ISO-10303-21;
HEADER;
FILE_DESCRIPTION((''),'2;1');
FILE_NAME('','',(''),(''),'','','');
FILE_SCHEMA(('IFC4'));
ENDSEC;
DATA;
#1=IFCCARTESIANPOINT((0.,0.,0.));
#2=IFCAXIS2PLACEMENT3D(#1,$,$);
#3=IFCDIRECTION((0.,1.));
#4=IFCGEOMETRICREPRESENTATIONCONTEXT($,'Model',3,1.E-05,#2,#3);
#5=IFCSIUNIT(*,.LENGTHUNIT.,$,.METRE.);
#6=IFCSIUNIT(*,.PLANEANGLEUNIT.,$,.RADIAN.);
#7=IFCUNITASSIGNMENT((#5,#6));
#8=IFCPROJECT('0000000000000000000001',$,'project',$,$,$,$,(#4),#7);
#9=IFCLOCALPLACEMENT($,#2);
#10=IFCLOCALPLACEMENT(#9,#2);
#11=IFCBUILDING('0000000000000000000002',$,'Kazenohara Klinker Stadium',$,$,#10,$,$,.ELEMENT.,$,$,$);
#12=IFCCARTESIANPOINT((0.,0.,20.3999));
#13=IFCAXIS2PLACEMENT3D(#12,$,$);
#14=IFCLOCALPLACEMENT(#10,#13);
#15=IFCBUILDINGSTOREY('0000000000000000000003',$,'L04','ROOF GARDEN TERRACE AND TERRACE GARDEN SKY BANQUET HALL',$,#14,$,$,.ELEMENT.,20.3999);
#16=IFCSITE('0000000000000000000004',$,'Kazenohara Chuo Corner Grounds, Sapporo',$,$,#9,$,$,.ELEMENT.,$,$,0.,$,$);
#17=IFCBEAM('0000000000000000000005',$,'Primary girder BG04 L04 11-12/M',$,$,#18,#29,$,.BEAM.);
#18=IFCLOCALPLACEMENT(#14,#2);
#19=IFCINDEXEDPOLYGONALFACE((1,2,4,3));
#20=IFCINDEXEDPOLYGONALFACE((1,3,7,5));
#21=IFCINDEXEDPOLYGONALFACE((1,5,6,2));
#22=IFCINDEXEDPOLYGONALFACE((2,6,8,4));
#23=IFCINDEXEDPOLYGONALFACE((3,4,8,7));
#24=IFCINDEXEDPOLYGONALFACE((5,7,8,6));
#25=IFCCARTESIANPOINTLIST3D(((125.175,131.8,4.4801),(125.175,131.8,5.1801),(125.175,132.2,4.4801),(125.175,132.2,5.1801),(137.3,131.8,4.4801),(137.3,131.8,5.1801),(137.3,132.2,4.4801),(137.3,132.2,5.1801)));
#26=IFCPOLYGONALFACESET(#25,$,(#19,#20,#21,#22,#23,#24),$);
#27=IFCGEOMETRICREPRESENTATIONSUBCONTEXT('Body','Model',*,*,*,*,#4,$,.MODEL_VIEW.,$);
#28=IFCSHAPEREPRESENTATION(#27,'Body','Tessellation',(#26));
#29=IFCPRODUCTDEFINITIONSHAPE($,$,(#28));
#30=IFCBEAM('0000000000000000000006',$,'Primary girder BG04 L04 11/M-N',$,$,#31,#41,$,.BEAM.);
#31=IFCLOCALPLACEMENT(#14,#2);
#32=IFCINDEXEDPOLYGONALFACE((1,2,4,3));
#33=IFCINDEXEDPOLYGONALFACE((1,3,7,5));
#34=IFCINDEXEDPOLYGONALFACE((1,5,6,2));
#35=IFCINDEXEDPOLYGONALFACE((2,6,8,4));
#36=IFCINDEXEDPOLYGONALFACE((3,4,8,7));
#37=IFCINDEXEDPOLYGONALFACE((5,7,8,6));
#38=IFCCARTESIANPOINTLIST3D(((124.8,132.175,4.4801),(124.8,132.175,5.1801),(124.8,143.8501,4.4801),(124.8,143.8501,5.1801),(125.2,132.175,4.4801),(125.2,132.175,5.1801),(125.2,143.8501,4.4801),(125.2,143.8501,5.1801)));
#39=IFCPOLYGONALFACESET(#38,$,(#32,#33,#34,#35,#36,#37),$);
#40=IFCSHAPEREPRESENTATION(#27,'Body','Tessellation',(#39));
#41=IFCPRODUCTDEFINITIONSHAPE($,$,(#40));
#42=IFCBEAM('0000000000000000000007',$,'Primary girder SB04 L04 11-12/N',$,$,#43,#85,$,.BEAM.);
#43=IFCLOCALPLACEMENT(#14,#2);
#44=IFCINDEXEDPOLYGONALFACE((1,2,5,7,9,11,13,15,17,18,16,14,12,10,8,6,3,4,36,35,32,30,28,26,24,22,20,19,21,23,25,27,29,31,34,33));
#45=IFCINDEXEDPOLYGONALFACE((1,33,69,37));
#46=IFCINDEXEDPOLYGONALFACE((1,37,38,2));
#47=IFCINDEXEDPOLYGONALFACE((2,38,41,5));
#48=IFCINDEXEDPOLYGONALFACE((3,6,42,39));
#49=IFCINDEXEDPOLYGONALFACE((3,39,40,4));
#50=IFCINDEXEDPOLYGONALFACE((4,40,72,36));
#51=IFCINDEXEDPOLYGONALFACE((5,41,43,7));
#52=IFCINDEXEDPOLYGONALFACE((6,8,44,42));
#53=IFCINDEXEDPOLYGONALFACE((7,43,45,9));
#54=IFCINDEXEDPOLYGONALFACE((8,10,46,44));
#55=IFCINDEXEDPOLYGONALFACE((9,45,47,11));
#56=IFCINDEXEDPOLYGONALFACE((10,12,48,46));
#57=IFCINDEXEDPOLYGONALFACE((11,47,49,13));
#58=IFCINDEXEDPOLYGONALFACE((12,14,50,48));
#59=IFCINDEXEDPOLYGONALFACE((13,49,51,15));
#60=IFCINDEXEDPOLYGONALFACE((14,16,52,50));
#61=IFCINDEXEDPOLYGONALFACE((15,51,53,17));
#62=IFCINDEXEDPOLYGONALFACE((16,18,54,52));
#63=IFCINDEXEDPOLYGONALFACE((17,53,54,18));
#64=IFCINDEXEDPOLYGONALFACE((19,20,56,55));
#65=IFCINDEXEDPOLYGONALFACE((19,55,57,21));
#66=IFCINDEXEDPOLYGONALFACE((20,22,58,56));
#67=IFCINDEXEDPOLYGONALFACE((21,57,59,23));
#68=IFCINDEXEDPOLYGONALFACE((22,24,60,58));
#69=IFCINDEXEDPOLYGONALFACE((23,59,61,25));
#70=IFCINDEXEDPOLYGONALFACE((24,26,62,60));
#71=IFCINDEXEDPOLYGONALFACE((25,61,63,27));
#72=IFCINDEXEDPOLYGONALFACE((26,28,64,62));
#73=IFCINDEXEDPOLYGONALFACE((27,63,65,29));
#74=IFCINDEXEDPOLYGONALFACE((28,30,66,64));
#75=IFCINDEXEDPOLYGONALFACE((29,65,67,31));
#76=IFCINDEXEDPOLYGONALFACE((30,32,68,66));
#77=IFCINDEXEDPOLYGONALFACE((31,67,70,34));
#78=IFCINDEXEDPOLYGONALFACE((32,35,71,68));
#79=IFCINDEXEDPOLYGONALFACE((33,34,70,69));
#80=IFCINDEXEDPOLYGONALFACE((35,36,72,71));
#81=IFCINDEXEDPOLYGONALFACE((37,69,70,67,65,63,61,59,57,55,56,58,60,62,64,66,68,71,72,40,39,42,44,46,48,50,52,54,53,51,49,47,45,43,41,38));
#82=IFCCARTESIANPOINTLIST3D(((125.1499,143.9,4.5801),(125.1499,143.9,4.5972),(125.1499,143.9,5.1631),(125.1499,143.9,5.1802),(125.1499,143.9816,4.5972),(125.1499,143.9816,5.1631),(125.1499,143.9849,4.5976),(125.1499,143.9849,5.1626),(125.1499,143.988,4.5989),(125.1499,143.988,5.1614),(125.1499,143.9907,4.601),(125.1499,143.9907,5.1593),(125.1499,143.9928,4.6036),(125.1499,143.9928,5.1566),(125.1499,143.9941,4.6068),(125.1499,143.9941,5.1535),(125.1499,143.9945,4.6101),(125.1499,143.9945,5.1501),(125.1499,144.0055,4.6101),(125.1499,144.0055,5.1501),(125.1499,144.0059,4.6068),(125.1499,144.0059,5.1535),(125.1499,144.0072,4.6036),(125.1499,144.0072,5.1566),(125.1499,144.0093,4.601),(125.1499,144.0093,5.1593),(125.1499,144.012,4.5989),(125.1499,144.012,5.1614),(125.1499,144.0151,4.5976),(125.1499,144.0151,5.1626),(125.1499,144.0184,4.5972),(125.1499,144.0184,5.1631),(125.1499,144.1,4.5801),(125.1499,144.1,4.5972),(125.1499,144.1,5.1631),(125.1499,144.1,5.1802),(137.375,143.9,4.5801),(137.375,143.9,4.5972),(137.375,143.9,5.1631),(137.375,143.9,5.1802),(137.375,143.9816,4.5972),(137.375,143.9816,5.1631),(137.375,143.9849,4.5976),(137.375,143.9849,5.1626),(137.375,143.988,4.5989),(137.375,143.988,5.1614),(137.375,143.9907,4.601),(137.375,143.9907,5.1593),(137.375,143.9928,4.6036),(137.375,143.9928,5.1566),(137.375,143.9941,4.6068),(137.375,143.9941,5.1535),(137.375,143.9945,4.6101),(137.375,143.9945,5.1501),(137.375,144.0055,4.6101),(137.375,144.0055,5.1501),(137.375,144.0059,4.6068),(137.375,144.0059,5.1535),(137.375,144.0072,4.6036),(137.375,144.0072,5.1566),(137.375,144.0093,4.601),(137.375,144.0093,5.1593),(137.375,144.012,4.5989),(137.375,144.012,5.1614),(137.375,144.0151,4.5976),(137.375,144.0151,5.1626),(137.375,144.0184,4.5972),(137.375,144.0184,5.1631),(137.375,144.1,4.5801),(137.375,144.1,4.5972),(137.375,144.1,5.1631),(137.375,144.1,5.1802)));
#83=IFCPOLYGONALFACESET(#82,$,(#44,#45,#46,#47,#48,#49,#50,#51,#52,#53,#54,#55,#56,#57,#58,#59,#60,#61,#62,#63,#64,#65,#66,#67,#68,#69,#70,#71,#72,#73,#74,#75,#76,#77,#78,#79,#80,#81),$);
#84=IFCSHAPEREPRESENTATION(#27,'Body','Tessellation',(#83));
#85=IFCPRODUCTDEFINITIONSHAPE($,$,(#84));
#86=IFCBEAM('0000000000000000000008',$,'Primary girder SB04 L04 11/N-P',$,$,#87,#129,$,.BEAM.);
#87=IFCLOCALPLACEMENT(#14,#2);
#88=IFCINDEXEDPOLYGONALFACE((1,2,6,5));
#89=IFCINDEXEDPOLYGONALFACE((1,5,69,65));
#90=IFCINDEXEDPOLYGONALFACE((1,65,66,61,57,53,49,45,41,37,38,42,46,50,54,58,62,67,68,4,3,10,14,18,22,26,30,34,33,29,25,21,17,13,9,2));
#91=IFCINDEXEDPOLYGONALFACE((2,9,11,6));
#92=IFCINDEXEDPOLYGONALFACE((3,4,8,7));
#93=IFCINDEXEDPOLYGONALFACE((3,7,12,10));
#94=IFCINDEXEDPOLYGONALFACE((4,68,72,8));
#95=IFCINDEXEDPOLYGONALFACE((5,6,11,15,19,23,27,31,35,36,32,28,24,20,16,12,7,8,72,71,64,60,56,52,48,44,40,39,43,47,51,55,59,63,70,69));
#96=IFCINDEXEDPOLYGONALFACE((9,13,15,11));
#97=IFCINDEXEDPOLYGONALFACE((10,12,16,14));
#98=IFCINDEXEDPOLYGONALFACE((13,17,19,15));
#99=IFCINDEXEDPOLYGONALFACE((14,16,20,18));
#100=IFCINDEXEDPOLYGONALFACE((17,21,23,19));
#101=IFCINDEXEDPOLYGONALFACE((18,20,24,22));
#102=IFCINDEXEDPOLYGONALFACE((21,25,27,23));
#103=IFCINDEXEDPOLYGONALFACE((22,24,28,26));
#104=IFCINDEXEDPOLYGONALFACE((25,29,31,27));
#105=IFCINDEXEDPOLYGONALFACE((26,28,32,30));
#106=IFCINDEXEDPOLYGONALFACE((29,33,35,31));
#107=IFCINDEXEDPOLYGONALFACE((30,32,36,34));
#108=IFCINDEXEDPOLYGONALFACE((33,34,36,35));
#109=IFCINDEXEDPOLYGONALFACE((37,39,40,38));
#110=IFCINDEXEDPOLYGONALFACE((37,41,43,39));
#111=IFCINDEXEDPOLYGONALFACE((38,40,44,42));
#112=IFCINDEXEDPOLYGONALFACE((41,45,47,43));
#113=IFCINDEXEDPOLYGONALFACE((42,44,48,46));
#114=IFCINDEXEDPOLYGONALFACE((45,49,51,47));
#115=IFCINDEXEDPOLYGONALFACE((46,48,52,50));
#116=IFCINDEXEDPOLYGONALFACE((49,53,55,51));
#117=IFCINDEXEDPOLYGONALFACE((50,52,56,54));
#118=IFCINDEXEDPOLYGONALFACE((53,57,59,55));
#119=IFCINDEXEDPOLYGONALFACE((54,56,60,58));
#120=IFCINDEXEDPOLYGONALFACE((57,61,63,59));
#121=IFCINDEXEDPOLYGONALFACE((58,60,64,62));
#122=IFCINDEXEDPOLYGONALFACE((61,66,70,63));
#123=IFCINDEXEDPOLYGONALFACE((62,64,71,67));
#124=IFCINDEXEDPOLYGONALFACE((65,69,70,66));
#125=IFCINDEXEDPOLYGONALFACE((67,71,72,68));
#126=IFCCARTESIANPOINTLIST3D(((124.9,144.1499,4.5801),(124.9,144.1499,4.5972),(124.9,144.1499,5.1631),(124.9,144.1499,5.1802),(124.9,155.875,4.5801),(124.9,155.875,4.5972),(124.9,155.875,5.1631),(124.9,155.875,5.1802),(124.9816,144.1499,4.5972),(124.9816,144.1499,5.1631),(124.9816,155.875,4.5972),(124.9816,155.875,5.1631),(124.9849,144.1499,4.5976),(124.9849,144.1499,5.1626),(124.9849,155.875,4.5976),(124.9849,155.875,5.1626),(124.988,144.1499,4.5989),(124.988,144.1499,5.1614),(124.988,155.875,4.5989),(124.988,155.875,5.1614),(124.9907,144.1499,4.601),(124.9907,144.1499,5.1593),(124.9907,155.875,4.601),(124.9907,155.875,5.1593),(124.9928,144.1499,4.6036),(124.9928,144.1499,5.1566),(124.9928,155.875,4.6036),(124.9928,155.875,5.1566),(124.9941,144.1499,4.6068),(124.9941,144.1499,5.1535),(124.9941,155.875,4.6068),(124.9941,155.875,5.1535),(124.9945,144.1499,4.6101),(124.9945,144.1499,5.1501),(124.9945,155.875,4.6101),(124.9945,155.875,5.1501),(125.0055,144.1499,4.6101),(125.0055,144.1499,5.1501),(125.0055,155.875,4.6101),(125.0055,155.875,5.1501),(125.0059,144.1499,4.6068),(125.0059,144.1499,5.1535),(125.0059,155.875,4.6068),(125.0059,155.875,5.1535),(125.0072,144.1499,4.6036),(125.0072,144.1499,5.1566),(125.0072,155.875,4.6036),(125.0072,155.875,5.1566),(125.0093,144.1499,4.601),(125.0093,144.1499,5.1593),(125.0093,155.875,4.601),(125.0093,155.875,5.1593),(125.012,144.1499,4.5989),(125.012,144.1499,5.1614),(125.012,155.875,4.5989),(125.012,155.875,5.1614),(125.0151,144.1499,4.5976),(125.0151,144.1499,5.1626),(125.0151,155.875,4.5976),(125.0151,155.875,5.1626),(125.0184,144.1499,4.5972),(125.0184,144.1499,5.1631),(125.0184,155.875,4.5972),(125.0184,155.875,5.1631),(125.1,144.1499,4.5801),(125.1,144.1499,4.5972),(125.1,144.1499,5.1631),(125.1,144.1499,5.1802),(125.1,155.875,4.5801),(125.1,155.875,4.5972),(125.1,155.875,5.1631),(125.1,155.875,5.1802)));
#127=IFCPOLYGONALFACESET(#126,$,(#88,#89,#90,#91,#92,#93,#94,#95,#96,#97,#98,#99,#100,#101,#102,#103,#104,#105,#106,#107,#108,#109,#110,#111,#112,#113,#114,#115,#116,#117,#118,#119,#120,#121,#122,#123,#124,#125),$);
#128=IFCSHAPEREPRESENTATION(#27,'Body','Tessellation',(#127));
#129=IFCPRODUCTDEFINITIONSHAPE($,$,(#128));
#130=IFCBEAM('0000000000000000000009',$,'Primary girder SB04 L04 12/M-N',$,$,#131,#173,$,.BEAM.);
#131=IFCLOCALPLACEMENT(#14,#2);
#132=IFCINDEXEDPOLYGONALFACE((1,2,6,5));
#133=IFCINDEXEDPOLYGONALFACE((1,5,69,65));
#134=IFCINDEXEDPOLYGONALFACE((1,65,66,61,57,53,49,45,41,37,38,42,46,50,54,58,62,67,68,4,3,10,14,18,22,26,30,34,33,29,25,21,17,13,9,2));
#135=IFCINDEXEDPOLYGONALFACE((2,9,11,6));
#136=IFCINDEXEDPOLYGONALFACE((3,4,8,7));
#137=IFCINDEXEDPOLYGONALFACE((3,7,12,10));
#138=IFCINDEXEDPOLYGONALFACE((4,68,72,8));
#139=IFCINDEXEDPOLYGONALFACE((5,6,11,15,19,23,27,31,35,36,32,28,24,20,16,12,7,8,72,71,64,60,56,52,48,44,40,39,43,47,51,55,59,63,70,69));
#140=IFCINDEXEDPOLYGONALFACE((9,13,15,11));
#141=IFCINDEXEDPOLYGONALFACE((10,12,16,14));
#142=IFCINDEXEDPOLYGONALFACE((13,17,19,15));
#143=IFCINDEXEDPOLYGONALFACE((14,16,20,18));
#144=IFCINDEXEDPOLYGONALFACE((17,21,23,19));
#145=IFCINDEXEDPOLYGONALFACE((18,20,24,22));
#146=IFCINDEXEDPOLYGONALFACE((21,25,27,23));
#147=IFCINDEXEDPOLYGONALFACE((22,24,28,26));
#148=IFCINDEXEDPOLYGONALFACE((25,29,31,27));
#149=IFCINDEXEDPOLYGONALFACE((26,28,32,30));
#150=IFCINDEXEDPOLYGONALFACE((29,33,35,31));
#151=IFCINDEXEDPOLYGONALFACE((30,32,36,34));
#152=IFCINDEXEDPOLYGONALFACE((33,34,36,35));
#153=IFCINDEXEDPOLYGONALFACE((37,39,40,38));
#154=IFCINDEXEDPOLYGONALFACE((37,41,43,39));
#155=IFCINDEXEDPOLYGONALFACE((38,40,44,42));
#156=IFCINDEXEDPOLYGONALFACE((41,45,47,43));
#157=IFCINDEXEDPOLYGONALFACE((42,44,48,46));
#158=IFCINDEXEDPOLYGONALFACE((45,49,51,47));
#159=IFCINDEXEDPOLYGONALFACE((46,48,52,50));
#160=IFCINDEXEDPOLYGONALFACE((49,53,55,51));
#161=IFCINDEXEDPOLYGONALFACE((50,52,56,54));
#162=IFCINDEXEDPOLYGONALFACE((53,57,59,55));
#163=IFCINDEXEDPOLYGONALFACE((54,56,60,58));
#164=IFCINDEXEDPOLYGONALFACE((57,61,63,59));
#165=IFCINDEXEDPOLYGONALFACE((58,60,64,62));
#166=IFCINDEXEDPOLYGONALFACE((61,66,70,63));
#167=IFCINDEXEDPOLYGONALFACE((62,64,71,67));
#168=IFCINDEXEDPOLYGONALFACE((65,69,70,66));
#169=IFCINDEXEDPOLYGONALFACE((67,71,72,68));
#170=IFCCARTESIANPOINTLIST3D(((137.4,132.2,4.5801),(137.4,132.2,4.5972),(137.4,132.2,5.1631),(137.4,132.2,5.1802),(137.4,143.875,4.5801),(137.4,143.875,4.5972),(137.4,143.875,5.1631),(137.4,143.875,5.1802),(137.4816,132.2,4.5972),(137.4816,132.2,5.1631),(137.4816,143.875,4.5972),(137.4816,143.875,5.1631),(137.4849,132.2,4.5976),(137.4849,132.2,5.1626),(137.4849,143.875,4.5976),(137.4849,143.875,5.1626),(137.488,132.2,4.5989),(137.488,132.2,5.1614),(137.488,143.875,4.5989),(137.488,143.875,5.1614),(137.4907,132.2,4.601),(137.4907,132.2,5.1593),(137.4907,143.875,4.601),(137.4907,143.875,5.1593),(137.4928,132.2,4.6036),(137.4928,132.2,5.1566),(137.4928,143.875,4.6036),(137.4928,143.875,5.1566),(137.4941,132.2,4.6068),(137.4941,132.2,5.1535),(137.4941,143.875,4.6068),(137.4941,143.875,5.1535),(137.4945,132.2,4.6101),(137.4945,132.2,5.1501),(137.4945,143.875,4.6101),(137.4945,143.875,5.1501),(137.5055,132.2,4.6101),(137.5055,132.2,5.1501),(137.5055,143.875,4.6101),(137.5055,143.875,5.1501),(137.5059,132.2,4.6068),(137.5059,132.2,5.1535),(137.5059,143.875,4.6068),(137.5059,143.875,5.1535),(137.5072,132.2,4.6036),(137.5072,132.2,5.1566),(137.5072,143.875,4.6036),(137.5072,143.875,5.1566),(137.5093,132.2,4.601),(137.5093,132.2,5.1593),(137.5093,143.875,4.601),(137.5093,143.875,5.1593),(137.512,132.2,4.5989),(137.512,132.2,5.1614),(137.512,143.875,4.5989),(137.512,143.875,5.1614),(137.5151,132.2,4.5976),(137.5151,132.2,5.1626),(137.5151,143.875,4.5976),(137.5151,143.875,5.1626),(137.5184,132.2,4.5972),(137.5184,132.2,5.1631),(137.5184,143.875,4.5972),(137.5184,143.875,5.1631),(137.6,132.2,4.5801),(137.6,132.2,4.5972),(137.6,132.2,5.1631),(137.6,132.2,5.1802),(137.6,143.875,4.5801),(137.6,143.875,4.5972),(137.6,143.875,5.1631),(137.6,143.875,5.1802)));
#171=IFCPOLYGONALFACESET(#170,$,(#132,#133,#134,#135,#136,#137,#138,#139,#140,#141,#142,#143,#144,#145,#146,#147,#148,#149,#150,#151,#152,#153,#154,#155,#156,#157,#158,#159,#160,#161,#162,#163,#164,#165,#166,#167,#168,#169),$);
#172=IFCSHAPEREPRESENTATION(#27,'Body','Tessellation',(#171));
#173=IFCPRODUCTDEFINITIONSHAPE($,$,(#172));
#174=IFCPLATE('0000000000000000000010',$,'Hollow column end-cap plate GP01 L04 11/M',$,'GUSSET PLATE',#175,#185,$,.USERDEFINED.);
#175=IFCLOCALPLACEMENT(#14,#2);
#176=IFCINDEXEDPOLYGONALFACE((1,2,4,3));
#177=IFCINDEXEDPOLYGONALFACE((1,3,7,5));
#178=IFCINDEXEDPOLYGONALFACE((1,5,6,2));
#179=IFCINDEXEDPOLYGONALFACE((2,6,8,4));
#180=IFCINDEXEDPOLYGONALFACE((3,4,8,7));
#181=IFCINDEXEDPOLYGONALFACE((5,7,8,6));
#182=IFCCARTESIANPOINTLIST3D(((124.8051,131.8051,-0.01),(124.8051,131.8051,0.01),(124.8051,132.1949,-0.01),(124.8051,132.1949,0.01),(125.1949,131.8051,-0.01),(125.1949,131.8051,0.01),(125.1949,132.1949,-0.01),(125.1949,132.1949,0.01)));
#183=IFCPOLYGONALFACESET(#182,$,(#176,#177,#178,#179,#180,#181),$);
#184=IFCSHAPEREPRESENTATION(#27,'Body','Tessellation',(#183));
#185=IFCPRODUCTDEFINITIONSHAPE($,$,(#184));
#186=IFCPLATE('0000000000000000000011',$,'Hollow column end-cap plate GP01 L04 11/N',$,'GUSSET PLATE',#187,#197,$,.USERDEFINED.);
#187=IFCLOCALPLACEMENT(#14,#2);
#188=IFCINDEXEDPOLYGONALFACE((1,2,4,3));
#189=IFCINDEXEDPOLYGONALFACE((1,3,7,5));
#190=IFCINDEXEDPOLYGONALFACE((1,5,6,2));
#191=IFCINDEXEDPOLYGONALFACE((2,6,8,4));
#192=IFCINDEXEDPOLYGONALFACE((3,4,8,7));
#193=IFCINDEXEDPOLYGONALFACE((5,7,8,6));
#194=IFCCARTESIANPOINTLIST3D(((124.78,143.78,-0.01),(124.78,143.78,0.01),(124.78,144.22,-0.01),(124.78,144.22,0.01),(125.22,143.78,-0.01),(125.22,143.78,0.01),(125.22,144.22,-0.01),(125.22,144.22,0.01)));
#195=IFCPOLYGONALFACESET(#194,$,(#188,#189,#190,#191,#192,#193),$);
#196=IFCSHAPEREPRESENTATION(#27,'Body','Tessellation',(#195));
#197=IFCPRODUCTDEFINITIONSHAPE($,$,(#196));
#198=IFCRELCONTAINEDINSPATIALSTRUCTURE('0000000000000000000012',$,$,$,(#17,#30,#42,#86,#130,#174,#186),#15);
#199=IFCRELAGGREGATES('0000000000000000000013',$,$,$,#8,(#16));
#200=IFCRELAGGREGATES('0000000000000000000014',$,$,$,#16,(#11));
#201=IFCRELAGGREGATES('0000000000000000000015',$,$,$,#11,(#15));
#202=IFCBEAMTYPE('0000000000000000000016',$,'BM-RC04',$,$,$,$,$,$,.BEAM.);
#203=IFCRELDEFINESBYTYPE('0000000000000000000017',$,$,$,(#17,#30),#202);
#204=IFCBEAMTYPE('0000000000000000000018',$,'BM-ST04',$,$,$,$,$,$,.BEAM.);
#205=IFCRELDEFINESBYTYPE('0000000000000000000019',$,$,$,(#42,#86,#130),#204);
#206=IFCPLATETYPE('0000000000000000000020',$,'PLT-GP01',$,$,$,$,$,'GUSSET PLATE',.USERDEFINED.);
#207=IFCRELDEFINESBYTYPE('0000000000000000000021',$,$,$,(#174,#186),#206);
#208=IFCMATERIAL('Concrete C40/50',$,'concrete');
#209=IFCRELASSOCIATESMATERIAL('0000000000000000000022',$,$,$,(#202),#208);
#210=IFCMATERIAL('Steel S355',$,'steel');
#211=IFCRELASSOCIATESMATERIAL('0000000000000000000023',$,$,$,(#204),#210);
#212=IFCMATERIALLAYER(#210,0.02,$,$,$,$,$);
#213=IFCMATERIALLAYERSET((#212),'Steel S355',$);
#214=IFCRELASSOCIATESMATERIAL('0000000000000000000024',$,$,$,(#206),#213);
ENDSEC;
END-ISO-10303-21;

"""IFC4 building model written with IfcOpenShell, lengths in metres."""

from ifc_helpers import new_model, si_unit, direction, frame, origin, origin_2d, place, context, subcontext, project, spatial, rectangle, i_section, extrude, material, layer, layer_set, material_profile, profile_set, type_object, element, save


model = new_model("IFC4")

# Units and contexts
model_context = context("Model", 3, precision=1e-05, world=origin(), true_north=direction((0.0, 1.0)))
body_context = subcontext(model_context, "Body", "Model", "MODEL_VIEW")
ifc_project = project(units=[si_unit("LENGTHUNIT", "METRE"), si_unit("PLANEANGLEUNIT", "RADIAN")], contexts=[model_context])

# Site, building, storey
site_placement = place(None, origin())
site = spatial("IfcSite", under=ifc_project, at=site_placement, Name="Kazenohara Chuo Corner Grounds, Sapporo", CompositionType="ELEMENT", RefElevation=0.0)
building_placement = place(site_placement, origin())
building = spatial("IfcBuilding", under=site, at=building_placement, Name="Kazenohara Klinker Stadium", CompositionType="ELEMENT")
storey_placement = place(building_placement, frame((0.0, 0.0, 20.3999)))
storey = spatial("IfcBuildingStorey", under=building, at=storey_placement, Name="L04", Description="ROOF GARDEN TERRACE AND TERRACE GARDEN SKY BANQUET HALL", CompositionType="ELEMENT", Elevation=20.3999)

# Shared definitions
ifc_material_1 = material(Name="Steel S355", Category="steel")

# Beams
ifc_material_2 = material(Name="Concrete C40/50", Category="concrete")
ifc_material_profile_1 = material_profile(ifc_material_2, rectangle(XDim=0.3999, YDim=0.7, at=origin_2d()), Name="RC-BM-400x700")
ifc_profile_set_1 = profile_set([ifc_material_profile_1], Name="Concrete C40/50")
beam_type_1 = type_object("IfcBeamType", Name="BM-RC04", PredefinedType="BEAM", material=ifc_profile_set_1)
beam_1_placement = place(storey_placement, frame((125.175, 132.0, 4.8301), z_axis=(1.0, 0.0, 0.0), x_axis=(0.0, 1.0, 0.0)))
element("IfcBeam", 1, at=beam_1_placement, inside=storey, type_object=beam_type_1, Name="Primary girder BG04 L04 11-12/M", PredefinedType="BEAM", context=body_context, shape_type="SweptSolid", body=[
    extrude(rectangle(XDim=0.3999, YDim=0.7, at=origin_2d()), origin(), (0.0, 0.0, 1.0), 12.125),
])
beam_2_placement = place(storey_placement, frame((125.0, 132.175, 4.8301), z_axis=(0.0, 1.0, 0.0), x_axis=(-1.0, 0.0, 0.0)))
element("IfcBeam", 2, at=beam_2_placement, inside=storey, type_object=beam_type_1, Name="Primary girder BG04 L04 11/M-N", PredefinedType="BEAM", context=body_context, shape_type="SweptSolid", body=[
    extrude(rectangle(XDim=0.3999, YDim=0.7, at=origin_2d()), origin(), (0.0, 0.0, 1.0), 11.675),
])
ifc_material_profile_2 = material_profile(ifc_material_1, i_section(OverallWidth=0.2, OverallDepth=0.6001, WebThickness=0.011, FlangeThickness=0.0171, FilletRadius=0.0129, at=origin_2d()), Name="H-600x200x11x17")
ifc_profile_set_2 = profile_set([ifc_material_profile_2], Name="Steel S355")
beam_type_2 = type_object("IfcBeamType", Name="BM-ST04", PredefinedType="BEAM", material=ifc_profile_set_2)
beam_3_placement = place(storey_placement, frame((125.1499, 144.0, 4.8801), z_axis=(1.0, 0.0, 0.0), x_axis=(0.0, 1.0, 0.0)))
element("IfcBeam", 3, at=beam_3_placement, inside=storey, type_object=beam_type_2, Name="Primary girder SB04 L04 11-12/N", PredefinedType="BEAM", context=body_context, shape_type="SweptSolid", body=[
    extrude(i_section(OverallWidth=0.2, OverallDepth=0.6001, WebThickness=0.011, FlangeThickness=0.0171, FilletRadius=0.0129, at=origin_2d()), origin(), (0.0, 0.0, 1.0), 12.2251),
])
beam_4_placement = place(storey_placement, frame((125.0, 144.1499, 4.8801), z_axis=(0.0, 1.0, 0.0), x_axis=(-1.0, 0.0, 0.0)))
element("IfcBeam", 4, at=beam_4_placement, inside=storey, type_object=beam_type_2, Name="Primary girder SB04 L04 11/N-P", PredefinedType="BEAM", context=body_context, shape_type="SweptSolid", body=[
    extrude(i_section(OverallWidth=0.2, OverallDepth=0.6001, WebThickness=0.011, FlangeThickness=0.0171, FilletRadius=0.0129, at=origin_2d()), origin(), (0.0, 0.0, 1.0), 11.7251),
])
beam_5_placement = place(storey_placement, frame((137.5, 132.2, 4.8801), z_axis=(0.0, 1.0, 0.0), x_axis=(-1.0, 0.0, 0.0)))
element("IfcBeam", 5, at=beam_5_placement, inside=storey, type_object=beam_type_2, Name="Primary girder SB04 L04 12/M-N", PredefinedType="BEAM", context=body_context, shape_type="SweptSolid", body=[
    extrude(i_section(OverallWidth=0.2, OverallDepth=0.6001, WebThickness=0.011, FlangeThickness=0.0171, FilletRadius=0.0129, at=origin_2d()), origin(), (0.0, 0.0, 1.0), 11.675),
])

# Plates
ifc_layer_1 = layer(ifc_material_1, 0.02)
ifc_layer_set_1 = layer_set([ifc_layer_1], Name="Steel S355")
plate_type_1 = type_object("IfcPlateType", Name="PLT-GP01", ElementType="GUSSET PLATE", PredefinedType="USERDEFINED", material=ifc_layer_set_1)
plate_1_placement = place(storey_placement, frame((125.0, 132.0, -0.01), z_axis=(0.0, 0.0, 1.0), x_axis=(1.0, 0.0, 0.0)))
element("IfcPlate", 6, at=plate_1_placement, inside=storey, type_object=plate_type_1, Name="Hollow column end-cap plate GP01 L04 11/M", ObjectType="GUSSET PLATE", PredefinedType="USERDEFINED", context=body_context, shape_type="SweptSolid", body=[
    extrude(rectangle(XDim=0.3899, YDim=0.3899, at=origin_2d()), origin(), (0.0, 0.0, 1.0), 0.02),
])
plate_2_placement = place(storey_placement, frame((125.0, 144.0, -0.01), z_axis=(0.0, 0.0, 1.0), x_axis=(1.0, 0.0, 0.0)))
element("IfcPlate", 7, at=plate_2_placement, inside=storey, type_object=plate_type_1, Name="Hollow column end-cap plate GP01 L04 11/N", ObjectType="GUSSET PLATE", PredefinedType="USERDEFINED", context=body_context, shape_type="SweptSolid", body=[
    extrude(rectangle(XDim=0.4399, YDim=0.4399, at=origin_2d()), origin(), (0.0, 0.0, 1.0), 0.02),
])

save(model, "model.ifc")
